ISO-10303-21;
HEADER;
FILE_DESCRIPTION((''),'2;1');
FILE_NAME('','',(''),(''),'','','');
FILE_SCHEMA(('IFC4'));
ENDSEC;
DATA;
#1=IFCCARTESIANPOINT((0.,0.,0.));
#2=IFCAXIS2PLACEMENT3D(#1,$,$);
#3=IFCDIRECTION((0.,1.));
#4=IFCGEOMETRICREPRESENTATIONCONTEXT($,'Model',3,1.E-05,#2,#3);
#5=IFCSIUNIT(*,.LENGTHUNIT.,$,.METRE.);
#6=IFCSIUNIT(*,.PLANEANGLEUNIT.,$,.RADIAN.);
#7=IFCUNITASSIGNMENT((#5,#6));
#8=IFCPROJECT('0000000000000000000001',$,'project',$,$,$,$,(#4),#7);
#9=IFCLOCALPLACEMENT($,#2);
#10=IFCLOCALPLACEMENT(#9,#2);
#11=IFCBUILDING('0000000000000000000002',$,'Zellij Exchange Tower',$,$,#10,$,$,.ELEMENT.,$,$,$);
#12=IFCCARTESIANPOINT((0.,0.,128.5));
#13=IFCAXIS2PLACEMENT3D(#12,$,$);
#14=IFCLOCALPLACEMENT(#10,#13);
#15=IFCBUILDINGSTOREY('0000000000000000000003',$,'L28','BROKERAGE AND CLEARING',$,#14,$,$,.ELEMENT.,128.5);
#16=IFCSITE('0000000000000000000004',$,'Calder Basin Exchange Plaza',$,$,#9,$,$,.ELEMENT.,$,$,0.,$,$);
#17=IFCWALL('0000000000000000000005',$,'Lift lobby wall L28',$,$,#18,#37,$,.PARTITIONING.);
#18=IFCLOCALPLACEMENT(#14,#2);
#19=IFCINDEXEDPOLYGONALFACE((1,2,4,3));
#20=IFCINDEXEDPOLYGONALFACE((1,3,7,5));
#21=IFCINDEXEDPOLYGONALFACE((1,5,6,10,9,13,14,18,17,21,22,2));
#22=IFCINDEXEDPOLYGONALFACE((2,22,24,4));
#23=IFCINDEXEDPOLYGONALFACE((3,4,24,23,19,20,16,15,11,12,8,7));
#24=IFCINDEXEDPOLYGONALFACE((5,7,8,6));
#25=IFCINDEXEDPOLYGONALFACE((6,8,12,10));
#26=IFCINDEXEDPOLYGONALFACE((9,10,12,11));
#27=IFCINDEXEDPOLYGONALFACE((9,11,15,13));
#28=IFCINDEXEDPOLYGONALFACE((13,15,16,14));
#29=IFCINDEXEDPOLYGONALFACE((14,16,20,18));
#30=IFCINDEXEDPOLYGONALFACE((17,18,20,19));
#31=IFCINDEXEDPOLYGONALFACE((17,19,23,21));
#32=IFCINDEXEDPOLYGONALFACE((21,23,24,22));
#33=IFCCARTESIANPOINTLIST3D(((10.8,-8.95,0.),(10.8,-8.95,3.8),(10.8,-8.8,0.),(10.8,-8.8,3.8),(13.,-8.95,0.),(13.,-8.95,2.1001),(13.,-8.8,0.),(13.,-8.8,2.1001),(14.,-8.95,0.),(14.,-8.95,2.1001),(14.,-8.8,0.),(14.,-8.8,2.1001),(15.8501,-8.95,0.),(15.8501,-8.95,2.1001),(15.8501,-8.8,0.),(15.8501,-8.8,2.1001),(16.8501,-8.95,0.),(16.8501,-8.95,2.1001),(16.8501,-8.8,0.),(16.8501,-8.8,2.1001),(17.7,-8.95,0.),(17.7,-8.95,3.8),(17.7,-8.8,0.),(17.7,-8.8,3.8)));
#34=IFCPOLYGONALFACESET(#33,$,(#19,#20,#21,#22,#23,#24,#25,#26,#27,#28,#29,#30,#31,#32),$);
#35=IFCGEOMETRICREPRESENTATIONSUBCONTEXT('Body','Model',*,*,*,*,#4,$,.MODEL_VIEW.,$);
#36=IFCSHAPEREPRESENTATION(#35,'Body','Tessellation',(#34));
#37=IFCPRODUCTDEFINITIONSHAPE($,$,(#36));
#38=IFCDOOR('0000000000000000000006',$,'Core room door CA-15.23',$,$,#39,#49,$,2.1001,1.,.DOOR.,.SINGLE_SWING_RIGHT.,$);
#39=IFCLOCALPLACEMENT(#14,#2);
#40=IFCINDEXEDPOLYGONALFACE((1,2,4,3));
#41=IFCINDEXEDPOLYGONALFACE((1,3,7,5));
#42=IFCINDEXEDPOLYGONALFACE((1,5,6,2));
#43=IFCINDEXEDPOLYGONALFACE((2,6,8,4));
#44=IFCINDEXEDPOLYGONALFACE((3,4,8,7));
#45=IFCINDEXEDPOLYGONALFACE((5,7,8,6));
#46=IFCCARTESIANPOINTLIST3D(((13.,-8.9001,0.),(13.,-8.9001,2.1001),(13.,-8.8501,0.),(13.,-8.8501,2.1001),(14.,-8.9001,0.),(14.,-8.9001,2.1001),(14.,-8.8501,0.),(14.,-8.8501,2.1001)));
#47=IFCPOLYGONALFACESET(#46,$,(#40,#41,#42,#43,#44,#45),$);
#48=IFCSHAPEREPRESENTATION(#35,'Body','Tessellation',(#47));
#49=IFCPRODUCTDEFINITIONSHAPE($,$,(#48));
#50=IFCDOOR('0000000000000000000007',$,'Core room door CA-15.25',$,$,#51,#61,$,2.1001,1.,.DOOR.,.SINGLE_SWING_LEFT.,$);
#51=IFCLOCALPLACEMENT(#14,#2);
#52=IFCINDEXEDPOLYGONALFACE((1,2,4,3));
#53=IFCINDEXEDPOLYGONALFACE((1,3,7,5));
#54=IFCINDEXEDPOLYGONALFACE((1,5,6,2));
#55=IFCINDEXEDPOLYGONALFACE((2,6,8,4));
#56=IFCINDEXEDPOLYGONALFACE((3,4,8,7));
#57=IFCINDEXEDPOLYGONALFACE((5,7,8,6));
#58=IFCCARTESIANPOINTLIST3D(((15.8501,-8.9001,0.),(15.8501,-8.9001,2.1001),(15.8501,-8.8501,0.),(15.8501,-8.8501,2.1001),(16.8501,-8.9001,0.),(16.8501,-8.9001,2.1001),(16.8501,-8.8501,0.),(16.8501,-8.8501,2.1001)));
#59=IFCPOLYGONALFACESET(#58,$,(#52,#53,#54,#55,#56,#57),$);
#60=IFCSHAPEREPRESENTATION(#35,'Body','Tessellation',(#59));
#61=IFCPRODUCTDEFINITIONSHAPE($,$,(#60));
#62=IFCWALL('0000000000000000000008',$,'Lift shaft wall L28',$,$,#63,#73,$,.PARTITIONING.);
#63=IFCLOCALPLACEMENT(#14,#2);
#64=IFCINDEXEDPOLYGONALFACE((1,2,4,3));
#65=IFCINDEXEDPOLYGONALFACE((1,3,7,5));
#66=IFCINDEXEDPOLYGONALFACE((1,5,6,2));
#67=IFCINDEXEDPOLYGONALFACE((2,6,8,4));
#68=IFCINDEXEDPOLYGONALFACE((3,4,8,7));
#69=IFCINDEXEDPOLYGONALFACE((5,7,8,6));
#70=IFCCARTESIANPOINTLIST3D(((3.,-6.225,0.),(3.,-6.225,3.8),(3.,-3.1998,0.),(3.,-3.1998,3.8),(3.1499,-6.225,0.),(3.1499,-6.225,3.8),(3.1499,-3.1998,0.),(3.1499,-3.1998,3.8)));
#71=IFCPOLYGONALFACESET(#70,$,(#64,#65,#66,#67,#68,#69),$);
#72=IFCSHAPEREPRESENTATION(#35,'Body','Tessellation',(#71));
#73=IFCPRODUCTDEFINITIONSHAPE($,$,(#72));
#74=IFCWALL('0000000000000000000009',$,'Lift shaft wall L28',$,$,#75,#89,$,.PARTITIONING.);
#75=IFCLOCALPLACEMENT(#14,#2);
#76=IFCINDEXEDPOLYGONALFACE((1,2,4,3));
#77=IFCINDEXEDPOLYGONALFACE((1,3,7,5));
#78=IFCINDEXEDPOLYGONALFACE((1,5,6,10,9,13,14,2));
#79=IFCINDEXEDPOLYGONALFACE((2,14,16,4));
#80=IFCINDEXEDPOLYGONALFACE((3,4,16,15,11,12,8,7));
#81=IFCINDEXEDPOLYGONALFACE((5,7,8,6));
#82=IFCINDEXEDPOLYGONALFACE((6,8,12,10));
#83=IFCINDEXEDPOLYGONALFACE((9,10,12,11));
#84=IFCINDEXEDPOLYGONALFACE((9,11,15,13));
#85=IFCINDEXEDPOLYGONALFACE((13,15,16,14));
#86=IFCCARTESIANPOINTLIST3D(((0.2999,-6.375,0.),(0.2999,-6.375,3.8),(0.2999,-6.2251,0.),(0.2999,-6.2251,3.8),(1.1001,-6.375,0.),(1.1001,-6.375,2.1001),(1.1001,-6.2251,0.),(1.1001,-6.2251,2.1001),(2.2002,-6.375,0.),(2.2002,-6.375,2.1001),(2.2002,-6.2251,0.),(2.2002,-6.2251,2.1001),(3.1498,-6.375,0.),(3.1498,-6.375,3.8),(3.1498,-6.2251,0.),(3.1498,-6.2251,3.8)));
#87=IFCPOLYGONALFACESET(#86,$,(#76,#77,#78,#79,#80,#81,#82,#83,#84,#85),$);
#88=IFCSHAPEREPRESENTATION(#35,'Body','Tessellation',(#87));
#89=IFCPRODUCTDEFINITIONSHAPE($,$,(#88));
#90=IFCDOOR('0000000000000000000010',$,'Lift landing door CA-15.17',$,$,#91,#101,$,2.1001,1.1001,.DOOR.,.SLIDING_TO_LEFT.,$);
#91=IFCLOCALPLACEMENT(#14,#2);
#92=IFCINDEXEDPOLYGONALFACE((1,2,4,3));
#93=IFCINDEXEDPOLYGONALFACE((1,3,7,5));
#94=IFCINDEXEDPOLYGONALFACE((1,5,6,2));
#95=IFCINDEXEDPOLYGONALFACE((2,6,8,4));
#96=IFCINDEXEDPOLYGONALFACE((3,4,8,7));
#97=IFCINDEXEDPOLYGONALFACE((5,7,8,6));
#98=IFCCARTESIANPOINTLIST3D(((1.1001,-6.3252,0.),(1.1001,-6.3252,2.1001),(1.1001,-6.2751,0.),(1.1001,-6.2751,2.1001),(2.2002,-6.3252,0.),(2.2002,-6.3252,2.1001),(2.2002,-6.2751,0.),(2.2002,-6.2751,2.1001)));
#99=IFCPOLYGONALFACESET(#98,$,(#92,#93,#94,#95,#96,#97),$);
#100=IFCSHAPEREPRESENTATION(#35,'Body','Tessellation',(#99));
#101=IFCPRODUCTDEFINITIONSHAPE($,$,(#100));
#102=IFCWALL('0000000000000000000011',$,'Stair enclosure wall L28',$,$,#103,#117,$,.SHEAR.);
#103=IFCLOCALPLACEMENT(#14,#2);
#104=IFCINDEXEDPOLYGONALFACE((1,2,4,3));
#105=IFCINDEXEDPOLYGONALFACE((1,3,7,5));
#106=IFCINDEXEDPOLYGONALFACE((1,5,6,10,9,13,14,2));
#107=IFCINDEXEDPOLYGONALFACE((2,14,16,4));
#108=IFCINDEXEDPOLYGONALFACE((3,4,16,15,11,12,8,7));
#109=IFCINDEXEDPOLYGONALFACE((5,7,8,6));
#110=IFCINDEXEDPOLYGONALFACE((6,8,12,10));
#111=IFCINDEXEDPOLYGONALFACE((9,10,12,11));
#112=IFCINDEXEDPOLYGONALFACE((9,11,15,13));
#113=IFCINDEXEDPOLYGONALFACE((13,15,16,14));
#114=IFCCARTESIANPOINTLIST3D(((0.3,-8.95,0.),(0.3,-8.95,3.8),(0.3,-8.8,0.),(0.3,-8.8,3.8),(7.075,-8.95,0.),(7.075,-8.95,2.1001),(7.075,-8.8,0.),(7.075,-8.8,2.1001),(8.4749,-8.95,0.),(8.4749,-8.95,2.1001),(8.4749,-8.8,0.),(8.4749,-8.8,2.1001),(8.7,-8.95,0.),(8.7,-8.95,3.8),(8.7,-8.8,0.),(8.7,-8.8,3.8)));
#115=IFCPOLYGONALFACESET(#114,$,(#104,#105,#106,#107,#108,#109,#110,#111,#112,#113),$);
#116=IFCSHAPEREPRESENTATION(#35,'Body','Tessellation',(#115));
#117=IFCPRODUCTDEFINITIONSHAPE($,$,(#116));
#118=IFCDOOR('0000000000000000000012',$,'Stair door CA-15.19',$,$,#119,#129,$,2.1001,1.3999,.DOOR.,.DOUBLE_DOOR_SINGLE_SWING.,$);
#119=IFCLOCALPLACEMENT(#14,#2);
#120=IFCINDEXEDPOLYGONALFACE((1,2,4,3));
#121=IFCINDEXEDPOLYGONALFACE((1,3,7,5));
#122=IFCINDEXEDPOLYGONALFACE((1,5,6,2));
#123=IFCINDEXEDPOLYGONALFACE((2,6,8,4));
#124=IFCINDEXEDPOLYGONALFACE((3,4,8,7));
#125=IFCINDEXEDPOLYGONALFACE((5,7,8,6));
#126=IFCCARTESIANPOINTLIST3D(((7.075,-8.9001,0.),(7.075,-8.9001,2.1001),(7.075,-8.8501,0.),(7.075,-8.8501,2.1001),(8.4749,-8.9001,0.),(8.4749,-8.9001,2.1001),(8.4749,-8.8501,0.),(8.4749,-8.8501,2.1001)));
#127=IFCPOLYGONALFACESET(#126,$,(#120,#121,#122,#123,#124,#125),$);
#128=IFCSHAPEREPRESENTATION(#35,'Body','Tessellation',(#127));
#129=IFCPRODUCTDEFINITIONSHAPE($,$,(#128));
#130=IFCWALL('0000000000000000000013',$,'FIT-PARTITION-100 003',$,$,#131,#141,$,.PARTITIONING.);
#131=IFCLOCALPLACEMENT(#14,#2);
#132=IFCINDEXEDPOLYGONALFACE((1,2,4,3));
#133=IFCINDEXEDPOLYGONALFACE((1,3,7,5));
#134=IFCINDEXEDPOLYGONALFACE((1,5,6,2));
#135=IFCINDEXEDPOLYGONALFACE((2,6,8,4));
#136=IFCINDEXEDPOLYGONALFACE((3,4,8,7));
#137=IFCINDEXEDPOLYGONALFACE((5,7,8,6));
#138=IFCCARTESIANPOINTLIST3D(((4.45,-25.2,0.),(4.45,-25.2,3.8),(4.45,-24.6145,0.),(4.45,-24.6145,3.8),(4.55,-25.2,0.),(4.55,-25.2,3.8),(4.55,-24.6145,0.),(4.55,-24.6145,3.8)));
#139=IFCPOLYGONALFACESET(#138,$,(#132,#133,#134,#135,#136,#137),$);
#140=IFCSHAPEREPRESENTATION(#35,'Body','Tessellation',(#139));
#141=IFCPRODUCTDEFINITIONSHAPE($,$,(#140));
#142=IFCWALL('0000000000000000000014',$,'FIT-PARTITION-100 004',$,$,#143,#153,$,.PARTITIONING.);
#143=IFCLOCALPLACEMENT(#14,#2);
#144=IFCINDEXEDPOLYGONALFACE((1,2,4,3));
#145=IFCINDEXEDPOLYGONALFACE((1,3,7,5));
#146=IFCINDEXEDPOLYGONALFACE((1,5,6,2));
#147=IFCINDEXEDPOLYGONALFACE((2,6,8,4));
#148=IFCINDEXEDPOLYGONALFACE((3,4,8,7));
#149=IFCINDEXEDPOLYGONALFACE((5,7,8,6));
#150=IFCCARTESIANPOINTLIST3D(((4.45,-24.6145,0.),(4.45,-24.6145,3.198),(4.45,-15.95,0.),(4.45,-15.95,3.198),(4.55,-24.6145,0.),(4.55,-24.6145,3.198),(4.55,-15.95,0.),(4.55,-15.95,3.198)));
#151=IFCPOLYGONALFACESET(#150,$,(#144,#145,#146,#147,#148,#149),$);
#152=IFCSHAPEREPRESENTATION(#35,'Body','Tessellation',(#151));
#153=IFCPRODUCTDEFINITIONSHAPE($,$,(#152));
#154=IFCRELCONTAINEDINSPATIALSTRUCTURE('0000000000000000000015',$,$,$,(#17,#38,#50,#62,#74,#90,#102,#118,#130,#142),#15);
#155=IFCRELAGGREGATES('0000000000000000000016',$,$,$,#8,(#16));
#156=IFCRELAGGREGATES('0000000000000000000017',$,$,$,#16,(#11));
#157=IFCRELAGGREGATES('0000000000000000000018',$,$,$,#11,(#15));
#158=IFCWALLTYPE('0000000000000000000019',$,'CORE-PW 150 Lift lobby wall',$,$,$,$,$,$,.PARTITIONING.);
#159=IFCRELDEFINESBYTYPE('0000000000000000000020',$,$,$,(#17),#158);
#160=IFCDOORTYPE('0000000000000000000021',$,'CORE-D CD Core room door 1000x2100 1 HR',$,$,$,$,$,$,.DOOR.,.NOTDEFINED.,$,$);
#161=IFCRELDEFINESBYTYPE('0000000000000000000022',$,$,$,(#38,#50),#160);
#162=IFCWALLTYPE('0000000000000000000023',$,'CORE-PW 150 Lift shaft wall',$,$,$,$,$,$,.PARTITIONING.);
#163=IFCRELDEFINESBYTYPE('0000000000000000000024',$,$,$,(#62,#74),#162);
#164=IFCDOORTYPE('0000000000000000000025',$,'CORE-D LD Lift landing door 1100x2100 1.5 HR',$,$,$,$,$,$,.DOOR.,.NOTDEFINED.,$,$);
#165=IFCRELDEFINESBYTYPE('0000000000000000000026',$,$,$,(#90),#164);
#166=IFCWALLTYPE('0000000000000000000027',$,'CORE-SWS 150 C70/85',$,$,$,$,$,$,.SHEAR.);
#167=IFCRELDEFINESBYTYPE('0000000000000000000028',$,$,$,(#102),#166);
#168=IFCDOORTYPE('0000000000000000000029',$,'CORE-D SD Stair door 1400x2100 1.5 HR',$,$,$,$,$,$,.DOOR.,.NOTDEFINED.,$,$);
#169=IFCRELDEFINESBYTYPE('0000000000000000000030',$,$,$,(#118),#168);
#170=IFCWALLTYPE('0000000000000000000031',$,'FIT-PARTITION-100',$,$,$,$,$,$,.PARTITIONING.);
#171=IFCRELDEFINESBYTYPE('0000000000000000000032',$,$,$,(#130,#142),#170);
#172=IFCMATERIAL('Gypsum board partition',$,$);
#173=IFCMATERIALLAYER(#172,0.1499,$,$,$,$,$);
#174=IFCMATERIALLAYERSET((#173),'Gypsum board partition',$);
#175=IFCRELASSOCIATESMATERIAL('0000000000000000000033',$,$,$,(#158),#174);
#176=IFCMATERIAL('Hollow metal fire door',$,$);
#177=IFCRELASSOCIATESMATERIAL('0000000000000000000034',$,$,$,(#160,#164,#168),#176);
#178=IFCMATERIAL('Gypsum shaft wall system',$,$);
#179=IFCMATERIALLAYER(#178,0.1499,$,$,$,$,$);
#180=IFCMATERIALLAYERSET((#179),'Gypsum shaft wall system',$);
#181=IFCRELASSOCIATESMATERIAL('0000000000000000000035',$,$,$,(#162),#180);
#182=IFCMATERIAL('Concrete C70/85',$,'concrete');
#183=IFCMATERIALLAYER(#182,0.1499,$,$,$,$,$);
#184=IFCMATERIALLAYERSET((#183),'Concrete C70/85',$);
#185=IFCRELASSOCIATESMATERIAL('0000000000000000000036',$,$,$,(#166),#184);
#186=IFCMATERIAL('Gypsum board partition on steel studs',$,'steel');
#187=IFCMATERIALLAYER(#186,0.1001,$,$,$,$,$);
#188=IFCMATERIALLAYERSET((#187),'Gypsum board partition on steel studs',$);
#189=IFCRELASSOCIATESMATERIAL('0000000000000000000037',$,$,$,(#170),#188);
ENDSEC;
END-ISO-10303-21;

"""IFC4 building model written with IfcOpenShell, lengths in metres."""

from ifc_helpers import new_model, si_unit, direction, frame, frame_2d, origin, place, context, subcontext, project, spatial, rectangle, extrude, material, layer, layer_set, type_object, element, fill, save


model = new_model("IFC4")

# Units and contexts
model_context = context("Model", 3, precision=1e-05, world=origin(), true_north=direction((0.0, 1.0)))
body_context = subcontext(model_context, "Body", "Model", "MODEL_VIEW")
ifc_project = project(units=[si_unit("LENGTHUNIT", "METRE"), si_unit("PLANEANGLEUNIT", "RADIAN")], contexts=[model_context])

# Site, building, storey
site_placement = place(None, origin())
site = spatial("IfcSite", under=ifc_project, at=site_placement, Name="Calder Basin Exchange Plaza", CompositionType="ELEMENT", RefElevation=0.0)
building_placement = place(site_placement, origin())
building = spatial("IfcBuilding", under=site, at=building_placement, Name="Zellij Exchange Tower", CompositionType="ELEMENT")
storey_placement = place(building_placement, frame((0.0, 0.0, 128.5)))
storey = spatial("IfcBuildingStorey", under=building, at=storey_placement, Name="L28", Description="BROKERAGE AND CLEARING", CompositionType="ELEMENT", Elevation=128.5)

# Shared definitions
ifc_material_1 = material(Name="Concrete C70/85", Category="concrete")

# Shared definitions
ifc_material_2 = material(Name="Gypsum shaft wall system")
ifc_material_3 = material(Name="Hollow metal fire door")

# Shared definitions
ifc_material_4 = material(Name="Gypsum board partition")
ifc_layer_1 = layer(ifc_material_4, 0.1499)
ifc_layer_set_1 = layer_set([ifc_layer_1], Name="Gypsum board partition")
wall_type_1 = type_object("IfcWallType", Name="CORE-PW 150 Lift lobby wall", PredefinedType="PARTITIONING", material=ifc_layer_set_1)

# Wall, openings, doors
wall_1_placement = place(storey_placement, frame((10.8, -8.875, 0.0), z_axis=(0.0, 0.0, 1.0), x_axis=(1.0, 0.0, 0.0)))
wall_1 = element("IfcWall", 1, at=wall_1_placement, inside=storey, type_object=wall_type_1, Name="Lift lobby wall L28", PredefinedType="PARTITIONING", context=body_context, shape_type="SweptSolid", body=[
    extrude(rectangle(XDim=6.8999, YDim=0.1499, at=frame_2d((3.45, 0.0))), origin(), (0.0, 0.0, 1.0), 3.8),
])
opening_1_placement = place(wall_1_placement, frame((2.2, 0.0, 0.0)))
opening_1 = element("IfcOpeningElement", 2, at=opening_1_placement, cuts=wall_1, PredefinedType="OPENING", context=body_context, shape_type="SweptSolid", body=[
    extrude(rectangle(XDim=1.0, YDim=2.1001, at=frame_2d((0.5, 1.05))), frame((0.0, 0.0869, 0.0), z_axis=(0.0, -1.0, 0.0), x_axis=(1.0, 0.0, 0.0)), (0.0, 0.0, 1.0), 0.1738),
])
opening_2_placement = place(wall_1_placement, frame((5.05, 0.0, 0.0)))
opening_2 = element("IfcOpeningElement", 3, at=opening_2_placement, cuts=wall_1, PredefinedType="OPENING", context=body_context, shape_type="SweptSolid", body=[
    extrude(rectangle(XDim=1.0, YDim=2.1001, at=frame_2d((0.5, 1.05))), frame((0.0, 0.0869, 0.0), z_axis=(0.0, -1.0, 0.0), x_axis=(1.0, 0.0, 0.0)), (0.0, 0.0, 1.0), 0.1738),
])
door_type_1 = type_object("IfcDoorType", Name="CORE-D CD Core room door 1000x2100 1 HR", OperationType="NOTDEFINED", PredefinedType="DOOR", material=ifc_material_3)
door_1_placement = place(opening_1_placement, origin())
door_1 = element("IfcDoor", 4, at=door_1_placement, inside=storey, type_object=door_type_1, Name="Core room door CA-15.23", OperationType="SINGLE_SWING_RIGHT", OverallHeight=2.1001, OverallWidth=1.0, PredefinedType="DOOR", context=body_context, shape_type="SweptSolid", body=[
    extrude(rectangle(XDim=1.0, YDim=2.1001, at=frame_2d((0.5, 1.05))), frame((0.0, 0.0249, 0.0), z_axis=(0.0, -1.0, 0.0), x_axis=(1.0, 0.0, 0.0)), (0.0, 0.0, 1.0), 0.05),
])
fill(opening_1, door_1)
door_2_placement = place(opening_2_placement, origin())
door_2 = element("IfcDoor", 5, at=door_2_placement, inside=storey, type_object=door_type_1, Name="Core room door CA-15.25", OperationType="SINGLE_SWING_LEFT", OverallHeight=2.1001, OverallWidth=1.0, PredefinedType="DOOR", context=body_context, shape_type="SweptSolid", body=[
    extrude(rectangle(XDim=1.0, YDim=2.1001, at=frame_2d((0.5, 1.05))), frame((0.0, 0.0249, 0.0), z_axis=(0.0, -1.0, 0.0), x_axis=(1.0, 0.0, 0.0)), (0.0, 0.0, 1.0), 0.05),
])
fill(opening_2, door_2)

# Wall
ifc_layer_2 = layer(ifc_material_2, 0.1499)
ifc_layer_set_2 = layer_set([ifc_layer_2], Name="Gypsum shaft wall system")
wall_type_2 = type_object("IfcWallType", Name="CORE-PW 150 Lift shaft wall", PredefinedType="PARTITIONING", material=ifc_layer_set_2)
wall_2_placement = place(storey_placement, frame((3.075, -6.2251, 0.0), z_axis=(0.0, 0.0, 1.0), x_axis=(0.0, 1.0, 0.0)))
element("IfcWall", 6, at=wall_2_placement, inside=storey, type_object=wall_type_2, Name="Lift shaft wall L28", PredefinedType="PARTITIONING", context=body_context, shape_type="SweptSolid", body=[
    extrude(rectangle(XDim=3.0251, YDim=0.1499, at=frame_2d((1.5127, 0.0))), origin(), (0.0, 0.0, 1.0), 3.8),
])

# Walls, openings, doors
wall_3_placement = place(storey_placement, frame((0.3, -6.3, 0.0), z_axis=(0.0, 0.0, 1.0), x_axis=(1.0, 0.0, 0.0)))
wall_3 = element("IfcWall", 7, at=wall_3_placement, inside=storey, type_object=wall_type_2, Name="Lift shaft wall L28", PredefinedType="PARTITIONING", context=body_context, shape_type="SweptSolid", body=[
    extrude(rectangle(XDim=2.8499, YDim=0.1499, at=frame_2d((1.4248, 0.0))), origin(), (0.0, 0.0, 1.0), 3.8),
])
opening_3_placement = place(wall_3_placement, frame((0.8, 0.0, 0.0)))
opening_3 = element("IfcOpeningElement", 8, at=opening_3_placement, cuts=wall_3, PredefinedType="OPENING", context=body_context, shape_type="SweptSolid", body=[
    extrude(rectangle(XDim=1.1001, YDim=2.1001, at=frame_2d((0.55, 1.05))), frame((0.0, 0.0869, 0.0), z_axis=(0.0, -1.0, 0.0), x_axis=(1.0, 0.0, 0.0)), (0.0, 0.0, 1.0), 0.1738),
])
door_type_2 = type_object("IfcDoorType", Name="CORE-D LD Lift landing door 1100x2100 1.5 HR", OperationType="NOTDEFINED", PredefinedType="DOOR", material=ifc_material_3)
door_3_placement = place(opening_3_placement, origin())
door_3 = element("IfcDoor", 9, at=door_3_placement, inside=storey, type_object=door_type_2, Name="Lift landing door CA-15.17", OperationType="SLIDING_TO_LEFT", OverallHeight=2.1001, OverallWidth=1.1001, PredefinedType="DOOR", context=body_context, shape_type="SweptSolid", body=[
    extrude(rectangle(XDim=1.1001, YDim=2.1001, at=frame_2d((0.55, 1.05))), frame((0.0, 0.0249, 0.0), z_axis=(0.0, -1.0, 0.0), x_axis=(1.0, 0.0, 0.0)), (0.0, 0.0, 1.0), 0.05),
])
fill(opening_3, door_3)
ifc_layer_3 = layer(ifc_material_1, 0.1499)
ifc_layer_set_3 = layer_set([ifc_layer_3], Name="Concrete C70/85")
wall_type_3 = type_object("IfcWallType", Name="CORE-SWS 150 C70/85", PredefinedType="SHEAR", material=ifc_layer_set_3)
wall_4_placement = place(storey_placement, frame((0.3, -8.875, 0.0), z_axis=(0.0, 0.0, 1.0), x_axis=(1.0, 0.0, 0.0)))
wall_4 = element("IfcWall", 10, at=wall_4_placement, inside=storey, type_object=wall_type_3, Name="Stair enclosure wall L28", PredefinedType="SHEAR", context=body_context, shape_type="SweptSolid", body=[
    extrude(rectangle(XDim=8.3999, YDim=0.1499, at=frame_2d((4.2, 0.0))), origin(), (0.0, 0.0, 1.0), 3.8),
])
opening_4_placement = place(wall_4_placement, frame((6.7749, 0.0, 0.0)))
opening_4 = element("IfcOpeningElement", 11, at=opening_4_placement, cuts=wall_4, PredefinedType="OPENING", context=body_context, shape_type="SweptSolid", body=[
    extrude(rectangle(XDim=1.3999, YDim=2.1001, at=frame_2d((0.7, 1.05))), frame((0.0, 0.0869, 0.0), z_axis=(0.0, -1.0, 0.0), x_axis=(1.0, 0.0, 0.0)), (0.0, 0.0, 1.0), 0.1738),
])
door_type_3 = type_object("IfcDoorType", Name="CORE-D SD Stair door 1400x2100 1.5 HR", OperationType="NOTDEFINED", PredefinedType="DOOR", material=ifc_material_3)
door_4_placement = place(opening_4_placement, origin())
door_4 = element("IfcDoor", 12, at=door_4_placement, inside=storey, type_object=door_type_3, Name="Stair door CA-15.19", OperationType="DOUBLE_DOOR_SINGLE_SWING", OverallHeight=2.1001, OverallWidth=1.3999, PredefinedType="DOOR", context=body_context, shape_type="SweptSolid", body=[
    extrude(rectangle(XDim=1.3999, YDim=2.1001, at=frame_2d((0.7, 1.05))), frame((0.0, 0.0249, 0.0), z_axis=(0.0, -1.0, 0.0), x_axis=(1.0, 0.0, 0.0)), (0.0, 0.0, 1.0), 0.05),
])
fill(opening_4, door_4)

# Walls
ifc_material_5 = material(Name="Gypsum board partition on steel studs", Category="steel")
ifc_layer_4 = layer(ifc_material_5, 0.1001)
ifc_layer_set_4 = layer_set([ifc_layer_4], Name="Gypsum board partition on steel studs")
wall_type_4 = type_object("IfcWallType", Name="FIT-PARTITION-100", PredefinedType="PARTITIONING", material=ifc_layer_set_4)
wall_5_placement = place(storey_placement, frame((4.5, -25.2, 0.0), z_axis=(0.0, 0.0, 1.0), x_axis=(0.0, 1.0, 0.0)))
element("IfcWall", 13, at=wall_5_placement, inside=storey, type_object=wall_type_4, Name="FIT-PARTITION-100 003", PredefinedType="PARTITIONING", context=body_context, shape_type="SweptSolid", body=[
    extrude(rectangle(XDim=0.5854, YDim=0.1001, at=frame_2d((0.2927, 0.0))), origin(), (0.0, 0.0, 1.0), 3.8),
])
wall_6_placement = place(storey_placement, frame((4.5, -24.6145, 0.0), z_axis=(0.0, 0.0, 1.0), x_axis=(0.0, 1.0, 0.0)))
element("IfcWall", 14, at=wall_6_placement, inside=storey, type_object=wall_type_4, Name="FIT-PARTITION-100 004", PredefinedType="PARTITIONING", context=body_context, shape_type="SweptSolid", body=[
    extrude(rectangle(XDim=8.6646, YDim=0.1001, at=frame_2d((4.3323, 0.0))), origin(), (0.0, 0.0, 1.0), 3.198),
])

save(model, "model.ifc")
